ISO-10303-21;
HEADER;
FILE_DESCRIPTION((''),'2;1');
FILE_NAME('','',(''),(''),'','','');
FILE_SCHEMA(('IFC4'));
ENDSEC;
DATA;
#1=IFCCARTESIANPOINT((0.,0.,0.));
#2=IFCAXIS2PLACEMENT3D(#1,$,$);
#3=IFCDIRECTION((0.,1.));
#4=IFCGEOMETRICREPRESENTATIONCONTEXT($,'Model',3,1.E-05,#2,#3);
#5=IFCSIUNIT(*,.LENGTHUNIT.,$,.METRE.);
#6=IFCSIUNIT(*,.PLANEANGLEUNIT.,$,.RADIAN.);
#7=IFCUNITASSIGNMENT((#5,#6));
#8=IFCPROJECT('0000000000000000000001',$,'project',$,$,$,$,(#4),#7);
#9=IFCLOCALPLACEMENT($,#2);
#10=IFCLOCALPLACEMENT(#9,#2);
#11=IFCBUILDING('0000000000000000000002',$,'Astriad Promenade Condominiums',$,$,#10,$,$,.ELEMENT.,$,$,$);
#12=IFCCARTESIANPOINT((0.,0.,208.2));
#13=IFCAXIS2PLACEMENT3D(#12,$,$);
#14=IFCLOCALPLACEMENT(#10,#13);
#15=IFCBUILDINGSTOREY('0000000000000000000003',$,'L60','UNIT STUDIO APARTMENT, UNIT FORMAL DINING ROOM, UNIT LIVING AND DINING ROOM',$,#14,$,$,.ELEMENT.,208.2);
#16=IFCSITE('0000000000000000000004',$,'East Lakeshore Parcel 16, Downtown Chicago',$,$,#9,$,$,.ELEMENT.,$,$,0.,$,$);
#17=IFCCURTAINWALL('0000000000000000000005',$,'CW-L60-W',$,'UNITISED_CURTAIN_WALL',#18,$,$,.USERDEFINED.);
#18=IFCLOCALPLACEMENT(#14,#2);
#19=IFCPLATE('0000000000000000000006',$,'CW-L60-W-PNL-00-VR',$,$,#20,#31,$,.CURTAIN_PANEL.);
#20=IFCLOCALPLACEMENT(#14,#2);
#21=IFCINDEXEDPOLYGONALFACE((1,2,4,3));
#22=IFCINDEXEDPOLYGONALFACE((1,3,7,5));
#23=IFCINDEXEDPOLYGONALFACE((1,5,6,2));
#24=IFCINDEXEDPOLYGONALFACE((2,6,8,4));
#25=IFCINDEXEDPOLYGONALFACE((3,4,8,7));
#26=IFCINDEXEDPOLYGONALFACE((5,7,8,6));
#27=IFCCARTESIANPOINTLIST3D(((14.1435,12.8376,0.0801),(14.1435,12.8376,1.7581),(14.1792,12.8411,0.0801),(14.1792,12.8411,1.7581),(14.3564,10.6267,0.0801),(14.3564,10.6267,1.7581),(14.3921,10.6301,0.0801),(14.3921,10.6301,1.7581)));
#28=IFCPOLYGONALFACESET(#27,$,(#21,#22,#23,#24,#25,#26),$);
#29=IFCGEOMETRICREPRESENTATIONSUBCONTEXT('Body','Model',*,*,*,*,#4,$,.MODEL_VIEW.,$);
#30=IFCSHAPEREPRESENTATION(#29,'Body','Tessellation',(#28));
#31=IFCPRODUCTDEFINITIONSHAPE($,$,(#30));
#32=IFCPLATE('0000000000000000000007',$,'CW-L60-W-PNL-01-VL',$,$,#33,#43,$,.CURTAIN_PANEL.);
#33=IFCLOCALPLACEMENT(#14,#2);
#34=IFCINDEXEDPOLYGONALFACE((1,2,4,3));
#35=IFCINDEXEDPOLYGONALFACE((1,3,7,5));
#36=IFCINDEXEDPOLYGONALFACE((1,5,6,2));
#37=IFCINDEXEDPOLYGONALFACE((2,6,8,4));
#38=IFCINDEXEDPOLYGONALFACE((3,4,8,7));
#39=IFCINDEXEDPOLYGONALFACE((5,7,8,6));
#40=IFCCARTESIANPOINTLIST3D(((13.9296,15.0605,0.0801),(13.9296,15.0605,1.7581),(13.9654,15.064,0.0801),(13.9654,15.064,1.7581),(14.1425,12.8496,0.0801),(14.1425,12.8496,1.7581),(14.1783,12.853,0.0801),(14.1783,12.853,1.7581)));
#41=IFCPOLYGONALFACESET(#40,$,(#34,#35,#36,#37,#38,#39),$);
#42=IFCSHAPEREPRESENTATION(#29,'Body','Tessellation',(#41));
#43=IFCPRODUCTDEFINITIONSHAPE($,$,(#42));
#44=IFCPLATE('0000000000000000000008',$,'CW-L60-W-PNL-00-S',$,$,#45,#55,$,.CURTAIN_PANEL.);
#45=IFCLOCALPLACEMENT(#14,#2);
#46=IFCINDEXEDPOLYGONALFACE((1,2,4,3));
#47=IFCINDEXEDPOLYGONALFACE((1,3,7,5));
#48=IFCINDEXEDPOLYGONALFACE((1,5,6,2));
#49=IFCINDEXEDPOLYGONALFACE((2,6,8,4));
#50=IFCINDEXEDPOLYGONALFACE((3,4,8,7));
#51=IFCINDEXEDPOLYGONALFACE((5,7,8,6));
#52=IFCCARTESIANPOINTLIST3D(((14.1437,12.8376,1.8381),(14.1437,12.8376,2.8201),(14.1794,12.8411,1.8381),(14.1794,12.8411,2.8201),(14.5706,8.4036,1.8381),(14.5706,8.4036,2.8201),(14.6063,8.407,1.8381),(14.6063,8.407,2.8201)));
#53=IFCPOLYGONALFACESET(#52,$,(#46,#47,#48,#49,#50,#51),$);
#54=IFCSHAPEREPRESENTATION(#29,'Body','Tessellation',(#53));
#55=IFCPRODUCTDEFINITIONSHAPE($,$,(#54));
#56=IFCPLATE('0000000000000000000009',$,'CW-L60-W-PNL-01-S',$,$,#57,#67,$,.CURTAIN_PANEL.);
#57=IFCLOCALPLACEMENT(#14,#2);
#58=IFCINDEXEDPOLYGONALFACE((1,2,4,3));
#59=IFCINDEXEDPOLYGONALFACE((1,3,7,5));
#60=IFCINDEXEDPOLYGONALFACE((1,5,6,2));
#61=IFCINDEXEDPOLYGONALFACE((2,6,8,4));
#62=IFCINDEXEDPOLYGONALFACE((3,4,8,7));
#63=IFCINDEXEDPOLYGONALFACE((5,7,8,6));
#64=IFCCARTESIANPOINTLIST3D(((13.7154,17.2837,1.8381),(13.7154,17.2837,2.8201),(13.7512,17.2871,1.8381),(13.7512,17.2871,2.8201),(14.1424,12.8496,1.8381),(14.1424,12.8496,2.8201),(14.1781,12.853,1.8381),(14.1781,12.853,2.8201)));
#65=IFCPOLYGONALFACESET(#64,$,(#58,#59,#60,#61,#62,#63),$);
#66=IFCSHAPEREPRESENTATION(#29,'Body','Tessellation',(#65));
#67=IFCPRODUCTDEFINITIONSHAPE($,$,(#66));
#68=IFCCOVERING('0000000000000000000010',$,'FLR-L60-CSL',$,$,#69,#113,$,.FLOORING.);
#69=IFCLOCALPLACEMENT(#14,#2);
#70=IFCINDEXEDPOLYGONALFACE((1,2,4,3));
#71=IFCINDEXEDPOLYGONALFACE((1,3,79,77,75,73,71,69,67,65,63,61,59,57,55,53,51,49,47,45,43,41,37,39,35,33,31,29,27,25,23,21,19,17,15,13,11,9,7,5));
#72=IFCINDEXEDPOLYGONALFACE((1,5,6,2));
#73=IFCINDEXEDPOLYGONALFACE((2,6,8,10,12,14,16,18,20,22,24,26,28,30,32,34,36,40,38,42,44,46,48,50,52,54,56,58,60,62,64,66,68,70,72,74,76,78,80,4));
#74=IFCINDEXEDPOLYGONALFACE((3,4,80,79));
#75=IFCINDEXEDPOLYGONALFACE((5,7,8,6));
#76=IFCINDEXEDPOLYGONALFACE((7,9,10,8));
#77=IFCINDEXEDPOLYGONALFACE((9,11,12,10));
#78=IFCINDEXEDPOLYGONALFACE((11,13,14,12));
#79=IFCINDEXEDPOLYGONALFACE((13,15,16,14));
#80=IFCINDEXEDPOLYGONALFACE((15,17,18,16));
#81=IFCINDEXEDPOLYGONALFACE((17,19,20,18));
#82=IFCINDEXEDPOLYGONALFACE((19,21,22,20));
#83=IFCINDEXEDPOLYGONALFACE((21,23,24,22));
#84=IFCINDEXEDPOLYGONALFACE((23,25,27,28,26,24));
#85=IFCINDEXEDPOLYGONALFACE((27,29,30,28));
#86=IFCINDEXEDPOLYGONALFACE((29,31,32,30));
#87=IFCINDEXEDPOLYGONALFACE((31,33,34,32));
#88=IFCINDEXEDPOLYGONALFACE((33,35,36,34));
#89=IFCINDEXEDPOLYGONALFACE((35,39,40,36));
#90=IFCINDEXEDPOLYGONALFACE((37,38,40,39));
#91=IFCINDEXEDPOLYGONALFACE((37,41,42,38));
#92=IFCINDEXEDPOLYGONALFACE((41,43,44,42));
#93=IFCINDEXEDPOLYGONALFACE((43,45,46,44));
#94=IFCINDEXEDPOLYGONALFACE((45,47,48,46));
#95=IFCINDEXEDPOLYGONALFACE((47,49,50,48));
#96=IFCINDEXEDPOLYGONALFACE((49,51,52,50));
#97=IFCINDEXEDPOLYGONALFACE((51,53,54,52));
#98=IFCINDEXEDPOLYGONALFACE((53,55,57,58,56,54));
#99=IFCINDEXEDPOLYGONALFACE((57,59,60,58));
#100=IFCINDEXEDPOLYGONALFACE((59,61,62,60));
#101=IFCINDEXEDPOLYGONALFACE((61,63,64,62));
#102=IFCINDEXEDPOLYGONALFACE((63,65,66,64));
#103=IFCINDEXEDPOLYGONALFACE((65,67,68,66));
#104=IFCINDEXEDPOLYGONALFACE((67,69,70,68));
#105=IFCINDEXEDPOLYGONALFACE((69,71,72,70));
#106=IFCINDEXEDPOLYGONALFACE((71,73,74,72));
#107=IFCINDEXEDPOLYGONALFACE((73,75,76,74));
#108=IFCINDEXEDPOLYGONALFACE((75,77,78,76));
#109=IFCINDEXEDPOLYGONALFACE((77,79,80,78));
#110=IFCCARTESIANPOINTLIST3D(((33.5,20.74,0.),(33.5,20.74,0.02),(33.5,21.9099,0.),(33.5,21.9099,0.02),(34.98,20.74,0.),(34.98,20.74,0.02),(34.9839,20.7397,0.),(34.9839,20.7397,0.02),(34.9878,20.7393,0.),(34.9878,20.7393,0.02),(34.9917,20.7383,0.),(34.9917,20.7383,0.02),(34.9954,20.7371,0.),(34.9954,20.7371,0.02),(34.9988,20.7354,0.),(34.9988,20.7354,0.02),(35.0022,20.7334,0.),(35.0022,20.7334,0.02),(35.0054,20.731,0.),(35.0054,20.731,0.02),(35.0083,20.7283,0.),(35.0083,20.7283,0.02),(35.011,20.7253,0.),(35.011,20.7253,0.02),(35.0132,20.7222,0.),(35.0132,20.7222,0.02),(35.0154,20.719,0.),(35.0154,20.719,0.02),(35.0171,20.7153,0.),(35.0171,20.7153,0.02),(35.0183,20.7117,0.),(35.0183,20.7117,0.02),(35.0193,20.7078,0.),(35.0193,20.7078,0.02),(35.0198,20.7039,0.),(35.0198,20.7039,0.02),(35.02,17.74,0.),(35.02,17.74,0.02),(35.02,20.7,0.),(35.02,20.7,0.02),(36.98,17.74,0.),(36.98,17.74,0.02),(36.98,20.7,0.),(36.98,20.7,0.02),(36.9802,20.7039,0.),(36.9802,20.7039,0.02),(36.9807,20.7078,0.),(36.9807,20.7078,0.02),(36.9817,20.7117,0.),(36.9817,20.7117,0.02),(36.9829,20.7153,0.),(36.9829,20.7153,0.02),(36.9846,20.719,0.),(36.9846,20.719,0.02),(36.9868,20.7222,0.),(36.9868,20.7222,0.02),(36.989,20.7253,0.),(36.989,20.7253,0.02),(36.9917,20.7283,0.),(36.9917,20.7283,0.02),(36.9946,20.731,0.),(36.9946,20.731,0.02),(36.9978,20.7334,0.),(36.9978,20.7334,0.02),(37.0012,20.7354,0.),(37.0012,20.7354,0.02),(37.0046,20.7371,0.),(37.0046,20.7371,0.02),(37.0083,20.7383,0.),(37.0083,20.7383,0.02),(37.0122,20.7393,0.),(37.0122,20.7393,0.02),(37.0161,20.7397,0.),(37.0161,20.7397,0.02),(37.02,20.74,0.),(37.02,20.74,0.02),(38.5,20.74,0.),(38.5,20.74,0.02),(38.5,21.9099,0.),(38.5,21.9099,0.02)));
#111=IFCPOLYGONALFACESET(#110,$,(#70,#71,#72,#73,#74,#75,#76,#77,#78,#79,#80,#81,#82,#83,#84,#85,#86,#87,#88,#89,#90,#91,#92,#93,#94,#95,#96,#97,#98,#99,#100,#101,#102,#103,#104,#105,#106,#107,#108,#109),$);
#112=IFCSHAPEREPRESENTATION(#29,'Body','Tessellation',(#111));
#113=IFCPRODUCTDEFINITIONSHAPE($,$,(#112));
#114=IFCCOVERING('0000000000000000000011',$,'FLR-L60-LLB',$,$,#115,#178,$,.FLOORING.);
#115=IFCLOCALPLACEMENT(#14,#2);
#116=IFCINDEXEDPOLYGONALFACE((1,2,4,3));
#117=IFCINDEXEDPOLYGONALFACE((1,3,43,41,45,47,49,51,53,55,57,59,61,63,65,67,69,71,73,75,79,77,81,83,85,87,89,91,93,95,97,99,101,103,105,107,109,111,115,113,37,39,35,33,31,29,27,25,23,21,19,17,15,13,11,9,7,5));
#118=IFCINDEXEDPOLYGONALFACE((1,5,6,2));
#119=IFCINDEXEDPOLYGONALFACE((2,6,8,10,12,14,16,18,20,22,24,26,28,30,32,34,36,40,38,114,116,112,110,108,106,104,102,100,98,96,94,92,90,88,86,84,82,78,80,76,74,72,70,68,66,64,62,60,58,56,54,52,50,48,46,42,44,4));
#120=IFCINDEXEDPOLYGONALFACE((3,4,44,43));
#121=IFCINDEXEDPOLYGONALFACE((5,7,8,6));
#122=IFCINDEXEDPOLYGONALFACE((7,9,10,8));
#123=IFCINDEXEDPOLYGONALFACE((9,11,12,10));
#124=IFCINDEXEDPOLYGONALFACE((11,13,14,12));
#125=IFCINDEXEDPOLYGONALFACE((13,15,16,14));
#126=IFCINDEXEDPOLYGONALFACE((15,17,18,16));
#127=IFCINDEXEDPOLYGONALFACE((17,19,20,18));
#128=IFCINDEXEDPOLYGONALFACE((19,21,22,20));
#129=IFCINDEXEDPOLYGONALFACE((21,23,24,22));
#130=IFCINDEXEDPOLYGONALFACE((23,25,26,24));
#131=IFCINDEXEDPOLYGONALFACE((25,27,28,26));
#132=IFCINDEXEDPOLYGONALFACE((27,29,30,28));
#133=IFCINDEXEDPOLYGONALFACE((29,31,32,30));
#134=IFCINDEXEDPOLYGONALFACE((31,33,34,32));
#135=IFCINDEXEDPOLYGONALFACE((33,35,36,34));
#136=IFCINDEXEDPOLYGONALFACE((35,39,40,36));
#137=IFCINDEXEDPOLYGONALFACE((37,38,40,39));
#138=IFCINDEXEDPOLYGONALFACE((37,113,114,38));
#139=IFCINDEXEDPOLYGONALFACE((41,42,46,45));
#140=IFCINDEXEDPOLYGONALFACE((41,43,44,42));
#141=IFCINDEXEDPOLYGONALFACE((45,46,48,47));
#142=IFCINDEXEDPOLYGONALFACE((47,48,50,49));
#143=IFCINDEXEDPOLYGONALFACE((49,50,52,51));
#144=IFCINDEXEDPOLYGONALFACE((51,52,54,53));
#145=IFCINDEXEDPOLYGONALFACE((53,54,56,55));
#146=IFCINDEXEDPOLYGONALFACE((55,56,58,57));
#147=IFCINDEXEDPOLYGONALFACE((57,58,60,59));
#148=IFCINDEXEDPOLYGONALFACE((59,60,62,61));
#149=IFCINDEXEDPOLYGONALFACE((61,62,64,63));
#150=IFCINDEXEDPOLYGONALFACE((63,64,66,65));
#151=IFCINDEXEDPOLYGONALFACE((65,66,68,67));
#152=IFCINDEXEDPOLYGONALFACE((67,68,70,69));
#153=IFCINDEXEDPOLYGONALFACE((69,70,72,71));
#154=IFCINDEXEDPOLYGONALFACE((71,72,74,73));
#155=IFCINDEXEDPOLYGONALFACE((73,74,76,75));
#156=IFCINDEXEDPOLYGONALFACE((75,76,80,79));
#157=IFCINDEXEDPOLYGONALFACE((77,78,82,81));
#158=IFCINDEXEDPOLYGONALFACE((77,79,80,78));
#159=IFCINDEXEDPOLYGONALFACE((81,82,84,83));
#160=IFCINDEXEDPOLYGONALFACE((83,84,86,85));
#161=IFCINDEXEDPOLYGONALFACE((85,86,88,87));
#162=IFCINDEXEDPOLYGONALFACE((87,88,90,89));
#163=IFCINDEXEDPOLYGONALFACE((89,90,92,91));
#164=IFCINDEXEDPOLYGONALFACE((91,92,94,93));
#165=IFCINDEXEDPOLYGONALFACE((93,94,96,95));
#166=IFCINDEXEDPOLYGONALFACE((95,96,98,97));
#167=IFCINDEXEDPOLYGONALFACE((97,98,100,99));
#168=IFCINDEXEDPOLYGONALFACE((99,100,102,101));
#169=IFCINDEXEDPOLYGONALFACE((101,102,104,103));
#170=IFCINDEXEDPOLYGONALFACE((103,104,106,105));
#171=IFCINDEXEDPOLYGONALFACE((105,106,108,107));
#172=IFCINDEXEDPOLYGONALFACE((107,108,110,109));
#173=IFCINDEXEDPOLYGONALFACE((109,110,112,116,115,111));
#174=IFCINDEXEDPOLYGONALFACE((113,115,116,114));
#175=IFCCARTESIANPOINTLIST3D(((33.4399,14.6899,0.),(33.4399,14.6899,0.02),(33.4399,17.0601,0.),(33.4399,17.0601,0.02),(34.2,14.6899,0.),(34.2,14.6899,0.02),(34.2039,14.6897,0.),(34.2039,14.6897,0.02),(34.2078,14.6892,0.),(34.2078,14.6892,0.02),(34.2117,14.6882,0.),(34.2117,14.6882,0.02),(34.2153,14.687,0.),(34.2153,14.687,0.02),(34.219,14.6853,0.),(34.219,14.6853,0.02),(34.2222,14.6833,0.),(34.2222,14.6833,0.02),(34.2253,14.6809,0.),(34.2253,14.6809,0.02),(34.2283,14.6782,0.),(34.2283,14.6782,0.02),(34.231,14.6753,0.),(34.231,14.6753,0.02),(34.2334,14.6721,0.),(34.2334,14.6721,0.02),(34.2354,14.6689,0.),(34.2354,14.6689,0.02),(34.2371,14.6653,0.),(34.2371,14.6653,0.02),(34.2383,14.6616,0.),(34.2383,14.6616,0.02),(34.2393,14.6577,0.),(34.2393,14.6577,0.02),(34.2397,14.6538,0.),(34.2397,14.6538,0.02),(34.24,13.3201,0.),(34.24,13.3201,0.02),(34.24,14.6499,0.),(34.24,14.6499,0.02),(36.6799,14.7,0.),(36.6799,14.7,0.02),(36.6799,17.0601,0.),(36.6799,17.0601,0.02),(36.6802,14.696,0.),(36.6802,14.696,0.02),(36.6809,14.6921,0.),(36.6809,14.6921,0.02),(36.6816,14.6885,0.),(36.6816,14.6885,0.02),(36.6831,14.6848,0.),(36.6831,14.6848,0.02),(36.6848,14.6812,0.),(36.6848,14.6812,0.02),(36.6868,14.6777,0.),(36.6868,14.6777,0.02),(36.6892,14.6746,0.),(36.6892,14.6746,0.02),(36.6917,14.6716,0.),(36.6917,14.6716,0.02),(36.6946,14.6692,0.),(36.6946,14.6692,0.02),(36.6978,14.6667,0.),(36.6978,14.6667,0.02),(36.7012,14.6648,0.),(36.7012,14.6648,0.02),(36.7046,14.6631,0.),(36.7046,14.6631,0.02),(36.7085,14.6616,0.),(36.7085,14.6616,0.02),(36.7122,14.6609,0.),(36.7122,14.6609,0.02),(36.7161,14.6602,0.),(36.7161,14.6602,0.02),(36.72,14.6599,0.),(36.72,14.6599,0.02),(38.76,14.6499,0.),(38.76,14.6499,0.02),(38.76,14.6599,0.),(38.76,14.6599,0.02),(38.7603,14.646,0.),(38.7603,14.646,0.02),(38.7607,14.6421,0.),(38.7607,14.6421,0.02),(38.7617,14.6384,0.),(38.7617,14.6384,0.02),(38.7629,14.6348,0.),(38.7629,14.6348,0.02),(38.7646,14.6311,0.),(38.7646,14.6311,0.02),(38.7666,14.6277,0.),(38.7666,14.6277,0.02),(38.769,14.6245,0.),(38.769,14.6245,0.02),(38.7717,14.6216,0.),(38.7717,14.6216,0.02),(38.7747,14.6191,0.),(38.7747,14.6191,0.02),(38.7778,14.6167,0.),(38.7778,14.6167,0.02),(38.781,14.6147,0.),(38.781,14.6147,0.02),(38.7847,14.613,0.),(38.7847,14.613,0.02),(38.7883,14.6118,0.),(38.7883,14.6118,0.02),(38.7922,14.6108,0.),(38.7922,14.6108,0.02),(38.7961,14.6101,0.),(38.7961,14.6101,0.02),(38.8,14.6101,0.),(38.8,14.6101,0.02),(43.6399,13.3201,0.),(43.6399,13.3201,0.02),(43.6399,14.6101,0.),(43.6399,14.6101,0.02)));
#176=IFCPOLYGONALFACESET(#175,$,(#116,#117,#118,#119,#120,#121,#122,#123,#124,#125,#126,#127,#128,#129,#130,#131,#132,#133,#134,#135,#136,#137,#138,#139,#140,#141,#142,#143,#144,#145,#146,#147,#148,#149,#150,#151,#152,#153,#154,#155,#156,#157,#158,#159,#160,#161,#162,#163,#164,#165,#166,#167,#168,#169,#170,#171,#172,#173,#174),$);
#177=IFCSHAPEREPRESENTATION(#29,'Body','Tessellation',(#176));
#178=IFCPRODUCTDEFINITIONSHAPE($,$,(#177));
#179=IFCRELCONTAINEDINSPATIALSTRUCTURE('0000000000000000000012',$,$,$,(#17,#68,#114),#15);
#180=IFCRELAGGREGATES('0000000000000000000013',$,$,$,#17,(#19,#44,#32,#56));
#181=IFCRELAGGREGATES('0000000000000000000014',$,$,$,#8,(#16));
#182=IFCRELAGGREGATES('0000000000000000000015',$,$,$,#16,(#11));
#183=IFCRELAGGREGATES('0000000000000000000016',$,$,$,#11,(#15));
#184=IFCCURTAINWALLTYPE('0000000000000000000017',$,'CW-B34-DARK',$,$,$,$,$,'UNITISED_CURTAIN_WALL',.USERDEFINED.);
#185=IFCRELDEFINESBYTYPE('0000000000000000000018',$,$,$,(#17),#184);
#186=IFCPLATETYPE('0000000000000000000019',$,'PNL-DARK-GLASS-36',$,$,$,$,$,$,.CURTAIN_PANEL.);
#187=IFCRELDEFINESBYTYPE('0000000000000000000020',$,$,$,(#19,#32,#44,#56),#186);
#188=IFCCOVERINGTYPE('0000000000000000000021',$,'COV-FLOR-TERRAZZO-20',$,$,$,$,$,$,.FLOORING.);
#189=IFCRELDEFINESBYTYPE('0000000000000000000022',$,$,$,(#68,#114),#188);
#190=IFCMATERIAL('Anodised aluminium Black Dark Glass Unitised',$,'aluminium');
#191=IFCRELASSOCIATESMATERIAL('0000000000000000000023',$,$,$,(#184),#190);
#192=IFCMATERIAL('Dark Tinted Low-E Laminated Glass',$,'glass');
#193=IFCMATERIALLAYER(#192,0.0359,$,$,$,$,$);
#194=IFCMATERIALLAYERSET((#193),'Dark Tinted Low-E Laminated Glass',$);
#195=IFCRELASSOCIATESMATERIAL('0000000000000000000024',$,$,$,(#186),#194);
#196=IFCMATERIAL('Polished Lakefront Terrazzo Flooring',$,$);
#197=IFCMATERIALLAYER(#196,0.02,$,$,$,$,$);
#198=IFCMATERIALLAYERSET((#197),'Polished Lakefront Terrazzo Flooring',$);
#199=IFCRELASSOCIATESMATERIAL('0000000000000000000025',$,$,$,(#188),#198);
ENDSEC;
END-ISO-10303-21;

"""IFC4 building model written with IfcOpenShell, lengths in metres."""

from ifc_helpers import new_model, si_unit, direction, frame, origin, origin_2d, place, context, subcontext, project, spatial, polyline, rectangle, outline, extrude, source, transform, mapped, material, layer, layer_set, type_object, type_shapes, element, aggregate, save


model = new_model("IFC4")

# Units and contexts
model_context = context("Model", 3, precision=1e-05, world=origin(), true_north=direction((0.0, 1.0)))
body_context = subcontext(model_context, "Body", "Model", "MODEL_VIEW")
ifc_project = project(units=[si_unit("LENGTHUNIT", "METRE"), si_unit("PLANEANGLEUNIT", "RADIAN")], contexts=[model_context])

# Site, building, storey
site_placement = place(None, origin())
site = spatial("IfcSite", under=ifc_project, at=site_placement, Name="East Lakeshore Parcel 16, Downtown Chicago", CompositionType="ELEMENT", RefElevation=0.0)
building_placement = place(site_placement, origin())
building = spatial("IfcBuilding", under=site, at=building_placement, Name="Astriad Promenade Condominiums", CompositionType="ELEMENT")
storey_placement = place(building_placement, frame((0.0, 0.0, 208.2)))
storey = spatial("IfcBuildingStorey", under=building, at=storey_placement, Name="L60", Description="UNIT STUDIO APARTMENT, UNIT FORMAL DINING ROOM, UNIT LIVING AND DINING ROOM", CompositionType="ELEMENT", Elevation=208.2)

# Curtain wall
ifc_material_1 = material(Name="Anodised aluminium Black Dark Glass Unitised", Category="aluminium")
curtain_wall_type = type_object("IfcCurtainWallType", Name="CW-B34-DARK", ElementType="UNITISED_CURTAIN_WALL", PredefinedType="USERDEFINED", material=ifc_material_1)
curtain_wall_placement = place(storey_placement, origin())
curtain_wall = element("IfcCurtainWall", 1, at=curtain_wall_placement, inside=storey, type_object=curtain_wall_type, Name="CW-L60-W", ObjectType="UNITISED_CURTAIN_WALL", PredefinedType="USERDEFINED")

# Plates
ifc_material_2 = material(Name="Dark Tinted Low-E Laminated Glass", Category="glass")
ifc_layer_1 = layer(ifc_material_2, 0.0359)
ifc_layer_set_1 = layer_set([ifc_layer_1], Name="Dark Tinted Low-E Laminated Glass")
plate_type = type_object("IfcPlateType", Name="PNL-DARK-GLASS-36", PredefinedType="CURTAIN_PANEL", material=ifc_layer_set_1)
shared_shape_1 = source(origin(), body_context, "Body", "SweptSolid", [
    extrude(rectangle(XDim=2.2212, YDim=0.0359, at=origin_2d()), origin(), (0.0, 0.0, 1.0), 1.678),
])
plate_1_placement = place(storey_placement, frame((14.2678, 11.7339, 0.0801), z_axis=(0.0, 0.0, 1.0), x_axis=(-0.095846, 0.995396, 0.0)))
plate_1 = element("IfcPlate", 2, at=plate_1_placement, type_object=plate_type, Name="CW-L60-W-PNL-00-VR", PredefinedType="CURTAIN_PANEL", context=body_context, shape_type="MappedRepresentation", body=[
    mapped(shared_shape_1, transform((0.0, 0.0, 0.0), scale=1.0)),
])
plate_2_placement = place(storey_placement, frame((14.054, 13.9568, 0.0801), z_axis=(0.0, 0.0, 1.0), x_axis=(-0.095846, 0.995396, 0.0)))
plate_2 = element("IfcPlate", 3, at=plate_2_placement, type_object=plate_type, Name="CW-L60-W-PNL-01-VL", PredefinedType="CURTAIN_PANEL", context=body_context, shape_type="MappedRepresentation", body=[
    mapped(shared_shape_1, transform((0.0, 0.0, 0.0), scale=1.0)),
])
shared_shape_2 = source(origin(), body_context, "Body", "SweptSolid", [
    extrude(rectangle(XDim=4.4546, YDim=0.0359, at=origin_2d()), origin(), (0.0, 0.0, 1.0), 0.9819),
])
type_shapes(plate_type, [shared_shape_1, shared_shape_2])
plate_3_placement = place(storey_placement, frame((14.375, 10.6223, 1.8381), z_axis=(0.0, 0.0, 1.0), x_axis=(-0.095846, 0.995396, 0.0)))
plate_3 = element("IfcPlate", 4, at=plate_3_placement, type_object=plate_type, Name="CW-L60-W-PNL-00-S", PredefinedType="CURTAIN_PANEL", context=body_context, shape_type="MappedRepresentation", body=[
    mapped(shared_shape_2, transform((0.0, 0.0, 0.0), scale=1.0)),
])
plate_4_placement = place(storey_placement, frame((13.9468, 15.0684, 1.8381), z_axis=(0.0, 0.0, 1.0), x_axis=(-0.095846, 0.995396, 0.0)))
plate_4 = element("IfcPlate", 5, at=plate_4_placement, type_object=plate_type, Name="CW-L60-W-PNL-01-S", PredefinedType="CURTAIN_PANEL", context=body_context, shape_type="MappedRepresentation", body=[
    mapped(shared_shape_2, transform((0.0, 0.0, 0.0), scale=1.0)),
])
aggregate(curtain_wall, [plate_1, plate_3, plate_2, plate_4])

# Coverings
ifc_material_3 = material(Name="Polished Lakefront Terrazzo Flooring")
ifc_layer_2 = layer(ifc_material_3, 0.02)
ifc_layer_set_2 = layer_set([ifc_layer_2], Name="Polished Lakefront Terrazzo Flooring")
covering_type = type_object("IfcCoveringType", Name="COV-FLOR-TERRAZZO-20", PredefinedType="FLOORING", material=ifc_layer_set_2)
covering_1_placement = place(storey_placement, origin())
element("IfcCovering", 6, at=covering_1_placement, inside=storey, type_object=covering_type, Name="FLR-L60-CSL", PredefinedType="FLOORING", context=body_context, shape_type="SweptSolid", body=[
    extrude(outline(polyline([(36.98, 20.7), (36.98, 17.74), (35.02, 17.74), (35.02, 20.7), (35.0198, 20.7039), (35.0193, 20.7078), (35.0183, 20.7117), (35.0171, 20.7153), (35.0154, 20.719), (35.0132, 20.7222), (35.011, 20.7253), (35.0083, 20.7283), (35.0054, 20.731), (35.0022, 20.7334), (34.9988, 20.7354), (34.9954, 20.7371), (34.9917, 20.7383), (34.9878, 20.7393), (34.9839, 20.7397), (34.98, 20.74), (33.5, 20.74), (33.5, 21.9099), (38.5, 21.9099), (38.5, 20.74), (37.02, 20.74), (37.0161, 20.7397), (37.0122, 20.7393), (37.0083, 20.7383), (37.0046, 20.7371), (37.0012, 20.7354), (36.9978, 20.7334), (36.9946, 20.731), (36.9917, 20.7283), (36.989, 20.7253), (36.9868, 20.7222), (36.9846, 20.719), (36.9829, 20.7153), (36.9817, 20.7117), (36.9807, 20.7078), (36.9802, 20.7039), (36.98, 20.7)])), origin(), (0.0, 0.0, 1.0), 0.02),
])
covering_2_placement = place(storey_placement, origin())
element("IfcCovering", 7, at=covering_2_placement, inside=storey, type_object=covering_type, Name="FLR-L60-LLB", PredefinedType="FLOORING", context=body_context, shape_type="SweptSolid", body=[
    extrude(outline(polyline([(43.6399, 14.6101), (43.6399, 13.3201), (34.24, 13.3201), (34.24, 14.6499), (34.2397, 14.6538), (34.2393, 14.6577), (34.2383, 14.6616), (34.2371, 14.6653), (34.2354, 14.6689), (34.2334, 14.6721), (34.231, 14.6753), (34.2283, 14.6782), (34.2253, 14.6809), (34.2222, 14.6833), (34.219, 14.6853), (34.2153, 14.687), (34.2117, 14.6882), (34.2078, 14.6892), (34.2039, 14.6897), (34.2, 14.6899), (33.4399, 14.6899), (33.4399, 17.0601), (36.6799, 17.0601), (36.6799, 14.7), (36.6802, 14.696), (36.6809, 14.6921), (36.6816, 14.6885), (36.6831, 14.6848), (36.6848, 14.6812), (36.6868, 14.6777), (36.6892, 14.6746), (36.6917, 14.6716), (36.6946, 14.6692), (36.6978, 14.6667), (36.7012, 14.6648), (36.7046, 14.6631), (36.7085, 14.6616), (36.7122, 14.6609), (36.7161, 14.6602), (36.72, 14.6599), (38.76, 14.6599), (38.76, 14.6499), (38.7603, 14.646), (38.7607, 14.6421), (38.7617, 14.6384), (38.7629, 14.6348), (38.7646, 14.6311), (38.7666, 14.6277), (38.769, 14.6245), (38.7717, 14.6216), (38.7747, 14.6191), (38.7778, 14.6167), (38.781, 14.6147), (38.7847, 14.613), (38.7883, 14.6118), (38.7922, 14.6108), (38.7961, 14.6101), (38.8, 14.6101), (43.6399, 14.6101)])), origin(), (0.0, 0.0, 1.0), 0.02),
])

save(model, "model.ifc")
